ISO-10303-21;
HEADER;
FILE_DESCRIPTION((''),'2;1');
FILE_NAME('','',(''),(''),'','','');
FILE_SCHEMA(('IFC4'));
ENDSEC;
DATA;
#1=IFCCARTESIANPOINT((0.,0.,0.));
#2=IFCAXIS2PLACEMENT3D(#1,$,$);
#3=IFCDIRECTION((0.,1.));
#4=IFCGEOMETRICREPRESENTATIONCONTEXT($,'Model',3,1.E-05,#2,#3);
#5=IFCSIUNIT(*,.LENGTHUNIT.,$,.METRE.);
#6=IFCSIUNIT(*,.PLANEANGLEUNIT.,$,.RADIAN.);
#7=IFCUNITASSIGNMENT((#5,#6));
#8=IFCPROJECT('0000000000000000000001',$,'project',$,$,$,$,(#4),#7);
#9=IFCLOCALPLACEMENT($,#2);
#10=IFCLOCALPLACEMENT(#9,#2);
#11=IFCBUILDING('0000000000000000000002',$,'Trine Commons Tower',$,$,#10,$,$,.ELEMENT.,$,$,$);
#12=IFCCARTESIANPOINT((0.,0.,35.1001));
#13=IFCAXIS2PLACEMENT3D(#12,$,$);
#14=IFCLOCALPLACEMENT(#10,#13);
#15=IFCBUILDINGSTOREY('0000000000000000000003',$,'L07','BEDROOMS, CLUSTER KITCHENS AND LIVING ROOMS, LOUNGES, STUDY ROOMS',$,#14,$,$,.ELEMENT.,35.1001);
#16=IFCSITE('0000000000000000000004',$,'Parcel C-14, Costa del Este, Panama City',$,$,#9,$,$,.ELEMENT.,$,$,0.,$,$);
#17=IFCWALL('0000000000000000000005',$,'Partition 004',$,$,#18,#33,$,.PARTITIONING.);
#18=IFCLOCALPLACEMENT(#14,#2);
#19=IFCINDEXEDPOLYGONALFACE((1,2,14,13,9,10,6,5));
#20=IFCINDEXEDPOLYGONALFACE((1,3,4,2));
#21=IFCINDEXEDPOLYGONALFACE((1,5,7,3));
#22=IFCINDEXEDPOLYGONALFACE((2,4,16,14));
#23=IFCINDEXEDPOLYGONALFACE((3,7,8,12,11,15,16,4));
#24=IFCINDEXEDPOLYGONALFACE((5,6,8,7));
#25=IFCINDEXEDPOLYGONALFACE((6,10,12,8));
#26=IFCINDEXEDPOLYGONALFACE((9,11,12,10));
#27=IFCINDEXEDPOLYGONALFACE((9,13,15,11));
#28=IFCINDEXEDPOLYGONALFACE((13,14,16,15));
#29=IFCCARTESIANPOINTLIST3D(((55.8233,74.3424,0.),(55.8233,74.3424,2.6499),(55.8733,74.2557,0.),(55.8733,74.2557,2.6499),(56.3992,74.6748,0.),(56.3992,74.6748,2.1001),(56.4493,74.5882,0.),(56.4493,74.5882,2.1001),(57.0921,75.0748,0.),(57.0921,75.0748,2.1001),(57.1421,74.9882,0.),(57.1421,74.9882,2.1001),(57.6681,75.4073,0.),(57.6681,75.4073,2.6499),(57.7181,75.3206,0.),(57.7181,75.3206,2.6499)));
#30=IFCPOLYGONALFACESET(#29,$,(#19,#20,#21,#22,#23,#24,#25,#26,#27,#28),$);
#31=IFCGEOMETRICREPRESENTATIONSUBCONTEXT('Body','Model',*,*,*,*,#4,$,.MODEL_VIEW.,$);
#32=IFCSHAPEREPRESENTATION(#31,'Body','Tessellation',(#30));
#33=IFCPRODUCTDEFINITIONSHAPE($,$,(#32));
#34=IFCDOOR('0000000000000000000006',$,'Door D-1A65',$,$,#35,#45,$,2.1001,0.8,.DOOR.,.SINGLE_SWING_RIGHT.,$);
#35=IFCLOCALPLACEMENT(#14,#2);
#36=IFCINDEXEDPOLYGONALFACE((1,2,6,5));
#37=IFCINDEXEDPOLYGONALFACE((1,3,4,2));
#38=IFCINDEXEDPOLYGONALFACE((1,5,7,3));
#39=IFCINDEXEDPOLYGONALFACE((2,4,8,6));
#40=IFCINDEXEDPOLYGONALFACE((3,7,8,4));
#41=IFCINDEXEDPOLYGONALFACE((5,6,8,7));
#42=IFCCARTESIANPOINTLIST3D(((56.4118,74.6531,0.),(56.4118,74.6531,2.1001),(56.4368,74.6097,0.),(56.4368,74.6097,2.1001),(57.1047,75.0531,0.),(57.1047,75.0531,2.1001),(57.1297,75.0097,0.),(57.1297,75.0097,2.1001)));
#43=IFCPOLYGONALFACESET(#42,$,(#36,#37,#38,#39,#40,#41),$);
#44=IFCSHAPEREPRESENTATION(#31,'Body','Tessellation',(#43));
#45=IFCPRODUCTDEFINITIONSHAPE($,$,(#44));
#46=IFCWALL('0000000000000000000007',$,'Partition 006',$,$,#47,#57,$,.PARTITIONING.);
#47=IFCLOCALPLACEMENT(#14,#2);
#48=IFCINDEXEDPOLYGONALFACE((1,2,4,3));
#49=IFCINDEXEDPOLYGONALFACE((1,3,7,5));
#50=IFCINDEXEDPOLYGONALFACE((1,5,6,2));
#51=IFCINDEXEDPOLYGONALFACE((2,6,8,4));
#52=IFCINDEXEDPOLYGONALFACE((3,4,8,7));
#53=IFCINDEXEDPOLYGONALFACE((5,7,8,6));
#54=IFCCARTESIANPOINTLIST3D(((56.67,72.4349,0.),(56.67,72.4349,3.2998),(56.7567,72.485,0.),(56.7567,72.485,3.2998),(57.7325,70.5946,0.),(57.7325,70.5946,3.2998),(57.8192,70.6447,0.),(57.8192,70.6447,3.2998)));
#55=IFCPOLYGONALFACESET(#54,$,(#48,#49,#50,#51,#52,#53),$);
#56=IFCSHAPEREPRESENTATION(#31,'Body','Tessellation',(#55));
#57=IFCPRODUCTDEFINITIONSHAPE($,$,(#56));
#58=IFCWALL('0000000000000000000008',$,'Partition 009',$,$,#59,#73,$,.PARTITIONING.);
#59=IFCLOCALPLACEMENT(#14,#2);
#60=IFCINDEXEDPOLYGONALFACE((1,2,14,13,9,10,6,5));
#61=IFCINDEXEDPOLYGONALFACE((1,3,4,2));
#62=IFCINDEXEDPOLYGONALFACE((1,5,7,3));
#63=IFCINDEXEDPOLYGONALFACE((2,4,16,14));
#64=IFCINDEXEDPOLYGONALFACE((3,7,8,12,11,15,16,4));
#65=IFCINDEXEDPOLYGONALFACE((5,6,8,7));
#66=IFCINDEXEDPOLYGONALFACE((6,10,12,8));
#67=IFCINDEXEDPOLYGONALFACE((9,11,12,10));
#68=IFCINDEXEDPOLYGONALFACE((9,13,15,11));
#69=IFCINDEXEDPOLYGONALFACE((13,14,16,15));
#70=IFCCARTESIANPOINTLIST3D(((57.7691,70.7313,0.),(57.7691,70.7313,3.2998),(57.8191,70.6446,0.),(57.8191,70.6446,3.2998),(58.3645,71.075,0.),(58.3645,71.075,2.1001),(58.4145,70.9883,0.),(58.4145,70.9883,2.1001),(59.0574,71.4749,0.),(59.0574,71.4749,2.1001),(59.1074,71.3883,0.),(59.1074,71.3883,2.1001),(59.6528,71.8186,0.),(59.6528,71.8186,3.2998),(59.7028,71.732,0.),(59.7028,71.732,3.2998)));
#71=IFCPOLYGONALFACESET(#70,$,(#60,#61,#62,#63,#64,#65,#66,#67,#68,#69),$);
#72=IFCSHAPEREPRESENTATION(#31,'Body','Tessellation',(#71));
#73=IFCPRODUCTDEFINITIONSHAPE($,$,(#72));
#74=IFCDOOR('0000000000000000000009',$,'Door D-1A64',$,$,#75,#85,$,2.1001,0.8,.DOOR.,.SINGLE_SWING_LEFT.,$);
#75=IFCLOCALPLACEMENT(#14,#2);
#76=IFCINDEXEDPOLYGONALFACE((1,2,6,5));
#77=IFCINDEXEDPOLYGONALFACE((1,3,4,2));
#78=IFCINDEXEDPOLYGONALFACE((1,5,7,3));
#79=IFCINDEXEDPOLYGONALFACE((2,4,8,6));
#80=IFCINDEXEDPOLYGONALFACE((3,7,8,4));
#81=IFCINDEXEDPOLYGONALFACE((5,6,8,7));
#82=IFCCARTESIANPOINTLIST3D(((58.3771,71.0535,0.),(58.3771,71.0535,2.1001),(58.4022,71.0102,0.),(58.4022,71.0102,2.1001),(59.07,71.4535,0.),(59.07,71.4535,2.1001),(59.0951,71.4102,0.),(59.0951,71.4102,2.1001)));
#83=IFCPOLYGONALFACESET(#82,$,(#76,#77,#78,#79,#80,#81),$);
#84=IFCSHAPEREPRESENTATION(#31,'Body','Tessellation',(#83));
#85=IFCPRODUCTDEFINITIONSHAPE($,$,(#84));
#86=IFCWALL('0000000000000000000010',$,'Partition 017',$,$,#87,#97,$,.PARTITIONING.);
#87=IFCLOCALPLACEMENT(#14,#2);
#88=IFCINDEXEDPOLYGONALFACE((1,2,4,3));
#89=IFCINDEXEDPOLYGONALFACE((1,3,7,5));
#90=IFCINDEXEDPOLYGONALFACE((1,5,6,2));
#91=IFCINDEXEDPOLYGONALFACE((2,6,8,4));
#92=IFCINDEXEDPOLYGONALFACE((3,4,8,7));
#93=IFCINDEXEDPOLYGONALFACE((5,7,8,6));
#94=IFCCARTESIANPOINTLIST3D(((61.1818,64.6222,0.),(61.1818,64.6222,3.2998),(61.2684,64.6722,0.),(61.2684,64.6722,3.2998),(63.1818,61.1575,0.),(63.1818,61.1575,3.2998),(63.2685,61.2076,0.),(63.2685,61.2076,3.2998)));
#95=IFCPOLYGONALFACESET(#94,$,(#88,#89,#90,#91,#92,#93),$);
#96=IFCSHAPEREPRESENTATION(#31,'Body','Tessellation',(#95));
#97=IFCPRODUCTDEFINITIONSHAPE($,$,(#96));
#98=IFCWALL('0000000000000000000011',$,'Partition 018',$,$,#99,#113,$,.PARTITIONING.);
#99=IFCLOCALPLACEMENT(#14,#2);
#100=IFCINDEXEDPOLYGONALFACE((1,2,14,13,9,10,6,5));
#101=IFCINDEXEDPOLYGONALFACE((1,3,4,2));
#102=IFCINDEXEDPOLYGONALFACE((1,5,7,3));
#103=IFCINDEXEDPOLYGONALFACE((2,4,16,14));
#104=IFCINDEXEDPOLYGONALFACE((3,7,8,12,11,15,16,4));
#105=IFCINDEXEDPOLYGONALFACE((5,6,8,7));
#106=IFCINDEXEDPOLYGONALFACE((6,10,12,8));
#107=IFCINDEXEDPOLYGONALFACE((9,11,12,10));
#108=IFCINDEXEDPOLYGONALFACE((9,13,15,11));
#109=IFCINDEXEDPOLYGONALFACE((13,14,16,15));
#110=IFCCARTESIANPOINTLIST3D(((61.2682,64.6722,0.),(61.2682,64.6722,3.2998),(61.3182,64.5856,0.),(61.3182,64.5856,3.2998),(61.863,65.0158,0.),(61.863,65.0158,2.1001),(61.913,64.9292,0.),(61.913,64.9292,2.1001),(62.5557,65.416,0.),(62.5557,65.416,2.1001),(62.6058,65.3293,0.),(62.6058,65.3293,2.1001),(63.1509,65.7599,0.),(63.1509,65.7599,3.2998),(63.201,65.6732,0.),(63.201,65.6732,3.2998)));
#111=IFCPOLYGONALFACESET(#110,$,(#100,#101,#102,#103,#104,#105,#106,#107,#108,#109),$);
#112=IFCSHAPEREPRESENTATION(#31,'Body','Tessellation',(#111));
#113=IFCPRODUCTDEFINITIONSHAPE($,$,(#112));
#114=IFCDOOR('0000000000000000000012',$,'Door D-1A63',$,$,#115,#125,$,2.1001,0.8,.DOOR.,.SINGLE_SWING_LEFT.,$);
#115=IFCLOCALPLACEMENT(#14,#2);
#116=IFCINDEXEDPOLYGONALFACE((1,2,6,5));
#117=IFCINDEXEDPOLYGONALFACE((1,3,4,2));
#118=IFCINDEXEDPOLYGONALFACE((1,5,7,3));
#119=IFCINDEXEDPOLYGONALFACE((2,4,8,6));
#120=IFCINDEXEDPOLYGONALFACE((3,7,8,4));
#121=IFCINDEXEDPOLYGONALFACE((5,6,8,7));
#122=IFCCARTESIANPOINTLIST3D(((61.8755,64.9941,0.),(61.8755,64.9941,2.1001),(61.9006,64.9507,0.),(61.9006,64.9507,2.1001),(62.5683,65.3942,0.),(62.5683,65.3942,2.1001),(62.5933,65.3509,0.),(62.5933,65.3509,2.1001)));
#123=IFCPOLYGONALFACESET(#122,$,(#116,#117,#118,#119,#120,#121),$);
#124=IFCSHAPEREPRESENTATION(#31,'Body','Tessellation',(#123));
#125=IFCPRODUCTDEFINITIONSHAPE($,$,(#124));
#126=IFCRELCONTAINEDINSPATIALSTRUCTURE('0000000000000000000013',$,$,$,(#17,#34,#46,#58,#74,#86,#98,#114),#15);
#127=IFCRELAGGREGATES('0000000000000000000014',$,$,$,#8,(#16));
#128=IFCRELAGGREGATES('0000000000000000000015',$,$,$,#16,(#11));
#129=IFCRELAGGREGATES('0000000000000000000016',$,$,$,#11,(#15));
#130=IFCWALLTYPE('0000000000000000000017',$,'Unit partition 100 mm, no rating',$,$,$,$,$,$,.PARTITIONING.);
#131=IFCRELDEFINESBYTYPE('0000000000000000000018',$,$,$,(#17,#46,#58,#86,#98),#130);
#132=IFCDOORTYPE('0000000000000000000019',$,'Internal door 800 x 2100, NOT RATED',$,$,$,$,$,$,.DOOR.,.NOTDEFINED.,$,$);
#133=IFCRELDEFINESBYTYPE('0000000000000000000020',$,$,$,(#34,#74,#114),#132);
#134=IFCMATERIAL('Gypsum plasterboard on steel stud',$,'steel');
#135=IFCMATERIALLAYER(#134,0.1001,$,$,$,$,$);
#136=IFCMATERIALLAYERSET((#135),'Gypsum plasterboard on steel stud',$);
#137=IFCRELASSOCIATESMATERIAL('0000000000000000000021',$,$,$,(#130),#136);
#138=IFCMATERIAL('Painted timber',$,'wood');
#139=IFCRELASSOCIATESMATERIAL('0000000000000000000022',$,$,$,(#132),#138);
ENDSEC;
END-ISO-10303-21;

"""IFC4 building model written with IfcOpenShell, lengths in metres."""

from ifc_helpers import new_model, si_unit, direction, frame, frame_2d, origin, place, context, subcontext, project, spatial, rectangle, extrude, material, layer, layer_set, type_object, element, fill, save


model = new_model("IFC4")

# Units and contexts
model_context = context("Model", 3, precision=1e-05, world=origin(), true_north=direction((0.0, 1.0)))
body_context = subcontext(model_context, "Body", "Model", "MODEL_VIEW")
ifc_project = project(units=[si_unit("LENGTHUNIT", "METRE"), si_unit("PLANEANGLEUNIT", "RADIAN")], contexts=[model_context])

# Site, building, storey
site_placement = place(None, origin())
site = spatial("IfcSite", under=ifc_project, at=site_placement, Name="Parcel C-14, Costa del Este, Panama City", CompositionType="ELEMENT", RefElevation=0.0)
building_placement = place(site_placement, origin())
building = spatial("IfcBuilding", under=site, at=building_placement, Name="Trine Commons Tower", CompositionType="ELEMENT")
storey_placement = place(building_placement, frame((0.0, 0.0, 35.1001)))
storey = spatial("IfcBuildingStorey", under=building, at=storey_placement, Name="L07", Description="BEDROOMS, CLUSTER KITCHENS AND LIVING ROOMS, LOUNGES, STUDY ROOMS", CompositionType="ELEMENT", Elevation=35.1001)

# Shared definitions
ifc_material_1 = material(Name="Gypsum plasterboard on steel stud", Category="steel")

# Shared definitions
ifc_layer_1 = layer(ifc_material_1, 0.1001)
ifc_layer_set_1 = layer_set([ifc_layer_1], Name="Gypsum plasterboard on steel stud")
wall_type_1 = type_object("IfcWallType", Name="Unit partition 100 mm, no rating", PredefinedType="PARTITIONING", material=ifc_layer_set_1)

# Wall, opening, door
wall_1_placement = place(storey_placement, frame((55.8484, 74.2991, 0.0), z_axis=(0.0, 0.0, 1.0), x_axis=(0.866048, 0.499961, 0.0)))
wall_1 = element("IfcWall", 1, at=wall_1_placement, inside=storey, type_object=wall_type_1, Name="Partition 004", PredefinedType="PARTITIONING", context=body_context, shape_type="SweptSolid", body=[
    extrude(rectangle(XDim=2.1301, YDim=0.1001, at=frame_2d((1.0649, 0.0))), origin(), (0.0, 0.0, 1.0), 2.6499),
])
opening_1_placement = place(wall_1_placement, frame((0.665, 0.0, 0.0)))
opening_1 = element("IfcOpeningElement", 2, at=opening_1_placement, cuts=wall_1, PredefinedType="OPENING", context=body_context, shape_type="SweptSolid", body=[
    extrude(rectangle(XDim=0.8, YDim=2.1001, at=frame_2d((0.3999, 1.05))), frame((0.0, 0.0601, 0.0), z_axis=(0.0, -1.0, 0.0), x_axis=(1.0, 0.0, 0.0)), (0.0, 0.0, 1.0), 0.1201),
])
ifc_material_2 = material(Name="Painted timber", Category="wood")
door_type_1 = type_object("IfcDoorType", Name="Internal door 800 x 2100, NOT RATED", OperationType="NOTDEFINED", PredefinedType="DOOR", material=ifc_material_2)
door_1_placement = place(opening_1_placement, origin())
door_1 = element("IfcDoor", 3, at=door_1_placement, inside=storey, type_object=door_type_1, Name="Door D-1A65", OperationType="SINGLE_SWING_RIGHT", OverallHeight=2.1001, OverallWidth=0.8, PredefinedType="DOOR", context=body_context, shape_type="SweptSolid", body=[
    extrude(rectangle(XDim=0.8, YDim=2.1001, at=frame_2d((0.3999, 1.05))), frame((0.0, 0.0249, 0.0), z_axis=(0.0, -1.0, 0.0), x_axis=(1.0, 0.0, 0.0)), (0.0, 0.0, 1.0), 0.05),
])
fill(opening_1, door_1)

# Wall
wall_2_placement = place(storey_placement, frame((56.7134, 72.46, 0.0), z_axis=(0.0, 0.0, 1.0), x_axis=(0.499994, -0.866029, 0.0)))
element("IfcWall", 4, at=wall_2_placement, inside=storey, type_object=wall_type_1, Name="Partition 006", PredefinedType="PARTITIONING", context=body_context, shape_type="SweptSolid", body=[
    extrude(rectangle(XDim=2.125, YDim=0.1001, at=frame_2d((1.0625, 0.0))), origin(), (0.0, 0.0, 1.0), 3.2998),
])

# Wall, opening, door
wall_3_placement = place(storey_placement, frame((57.7942, 70.688, 0.0), z_axis=(0.0, 0.0, 1.0), x_axis=(0.866066, 0.49993, 0.0)))
wall_3 = element("IfcWall", 5, at=wall_3_placement, inside=storey, type_object=wall_type_1, Name="Partition 009", PredefinedType="PARTITIONING", context=body_context, shape_type="SweptSolid", body=[
    extrude(rectangle(XDim=2.175, YDim=0.1001, at=frame_2d((1.0874, 0.0))), origin(), (0.0, 0.0, 1.0), 3.2998),
])
opening_2_placement = place(wall_3_placement, frame((0.6875, 0.0, 0.0)))
opening_2 = element("IfcOpeningElement", 6, at=opening_2_placement, cuts=wall_3, PredefinedType="OPENING", context=body_context, shape_type="SweptSolid", body=[
    extrude(rectangle(XDim=0.8, YDim=2.1001, at=frame_2d((0.3999, 1.05))), frame((0.0, 0.0601, 0.0), z_axis=(0.0, -1.0, 0.0), x_axis=(1.0, 0.0, 0.0)), (0.0, 0.0, 1.0), 0.1201),
])
door_2_placement = place(opening_2_placement, frame((0.8, 0.0, 0.0), z_axis=(0.0, 0.0, 1.0), x_axis=(-1.0, 0.0, 0.0)))
door_2 = element("IfcDoor", 7, at=door_2_placement, inside=storey, type_object=door_type_1, Name="Door D-1A64", OperationType="SINGLE_SWING_LEFT", OverallHeight=2.1001, OverallWidth=0.8, PredefinedType="DOOR", context=body_context, shape_type="SweptSolid", body=[
    extrude(rectangle(XDim=0.8, YDim=2.1001, at=frame_2d((0.3999, 1.05))), frame((0.0, 0.0249, 0.0), z_axis=(0.0, -1.0, 0.0), x_axis=(1.0, 0.0, 0.0)), (0.0, 0.0, 1.0), 0.05),
])
fill(opening_2, door_2)

# Wall
wall_4_placement = place(storey_placement, frame((61.2251, 64.6472, 0.0), z_axis=(0.0, 0.0, 1.0), x_axis=(0.499946, -0.866057, 0.0)))
element("IfcWall", 8, at=wall_4_placement, inside=storey, type_object=wall_type_1, Name="Partition 017", PredefinedType="PARTITIONING", context=body_context, shape_type="SweptSolid", body=[
    extrude(rectangle(XDim=4.0005, YDim=0.1001, at=frame_2d((2.0002, 0.0))), origin(), (0.0, 0.0, 1.0), 3.2998),
])

# Wall, opening, door
wall_5_placement = place(storey_placement, frame((61.2932, 64.6289, 0.0), z_axis=(0.0, 0.0, 1.0), x_axis=(0.865905, 0.500208, 0.0)))
wall_5 = element("IfcWall", 9, at=wall_5_placement, inside=storey, type_object=wall_type_1, Name="Partition 018", PredefinedType="PARTITIONING", context=body_context, shape_type="SweptSolid", body=[
    extrude(rectangle(XDim=2.1743, YDim=0.1001, at=frame_2d((1.0872, 0.0))), origin(), (0.0, 0.0, 1.0), 3.2998),
])
opening_3_placement = place(wall_5_placement, frame((0.687, 0.0, 0.0)))
opening_3 = element("IfcOpeningElement", 10, at=opening_3_placement, cuts=wall_5, PredefinedType="OPENING", context=body_context, shape_type="SweptSolid", body=[
    extrude(rectangle(XDim=0.8, YDim=2.1001, at=frame_2d((0.3999, 1.05))), frame((0.0, 0.0601, 0.0), z_axis=(0.0, -1.0, 0.0), x_axis=(1.0, 0.0, 0.0)), (0.0, 0.0, 1.0), 0.1201),
])
door_3_placement = place(opening_3_placement, origin())
door_3 = element("IfcDoor", 11, at=door_3_placement, inside=storey, type_object=door_type_1, Name="Door D-1A63", OperationType="SINGLE_SWING_LEFT", OverallHeight=2.1001, OverallWidth=0.8, PredefinedType="DOOR", context=body_context, shape_type="SweptSolid", body=[
    extrude(rectangle(XDim=0.8, YDim=2.1001, at=frame_2d((0.3999, 1.05))), frame((0.0, 0.0249, 0.0), z_axis=(0.0, -1.0, 0.0), x_axis=(1.0, 0.0, 0.0)), (0.0, 0.0, 1.0), 0.05),
])
fill(opening_3, door_3)

save(model, "model.ifc")
